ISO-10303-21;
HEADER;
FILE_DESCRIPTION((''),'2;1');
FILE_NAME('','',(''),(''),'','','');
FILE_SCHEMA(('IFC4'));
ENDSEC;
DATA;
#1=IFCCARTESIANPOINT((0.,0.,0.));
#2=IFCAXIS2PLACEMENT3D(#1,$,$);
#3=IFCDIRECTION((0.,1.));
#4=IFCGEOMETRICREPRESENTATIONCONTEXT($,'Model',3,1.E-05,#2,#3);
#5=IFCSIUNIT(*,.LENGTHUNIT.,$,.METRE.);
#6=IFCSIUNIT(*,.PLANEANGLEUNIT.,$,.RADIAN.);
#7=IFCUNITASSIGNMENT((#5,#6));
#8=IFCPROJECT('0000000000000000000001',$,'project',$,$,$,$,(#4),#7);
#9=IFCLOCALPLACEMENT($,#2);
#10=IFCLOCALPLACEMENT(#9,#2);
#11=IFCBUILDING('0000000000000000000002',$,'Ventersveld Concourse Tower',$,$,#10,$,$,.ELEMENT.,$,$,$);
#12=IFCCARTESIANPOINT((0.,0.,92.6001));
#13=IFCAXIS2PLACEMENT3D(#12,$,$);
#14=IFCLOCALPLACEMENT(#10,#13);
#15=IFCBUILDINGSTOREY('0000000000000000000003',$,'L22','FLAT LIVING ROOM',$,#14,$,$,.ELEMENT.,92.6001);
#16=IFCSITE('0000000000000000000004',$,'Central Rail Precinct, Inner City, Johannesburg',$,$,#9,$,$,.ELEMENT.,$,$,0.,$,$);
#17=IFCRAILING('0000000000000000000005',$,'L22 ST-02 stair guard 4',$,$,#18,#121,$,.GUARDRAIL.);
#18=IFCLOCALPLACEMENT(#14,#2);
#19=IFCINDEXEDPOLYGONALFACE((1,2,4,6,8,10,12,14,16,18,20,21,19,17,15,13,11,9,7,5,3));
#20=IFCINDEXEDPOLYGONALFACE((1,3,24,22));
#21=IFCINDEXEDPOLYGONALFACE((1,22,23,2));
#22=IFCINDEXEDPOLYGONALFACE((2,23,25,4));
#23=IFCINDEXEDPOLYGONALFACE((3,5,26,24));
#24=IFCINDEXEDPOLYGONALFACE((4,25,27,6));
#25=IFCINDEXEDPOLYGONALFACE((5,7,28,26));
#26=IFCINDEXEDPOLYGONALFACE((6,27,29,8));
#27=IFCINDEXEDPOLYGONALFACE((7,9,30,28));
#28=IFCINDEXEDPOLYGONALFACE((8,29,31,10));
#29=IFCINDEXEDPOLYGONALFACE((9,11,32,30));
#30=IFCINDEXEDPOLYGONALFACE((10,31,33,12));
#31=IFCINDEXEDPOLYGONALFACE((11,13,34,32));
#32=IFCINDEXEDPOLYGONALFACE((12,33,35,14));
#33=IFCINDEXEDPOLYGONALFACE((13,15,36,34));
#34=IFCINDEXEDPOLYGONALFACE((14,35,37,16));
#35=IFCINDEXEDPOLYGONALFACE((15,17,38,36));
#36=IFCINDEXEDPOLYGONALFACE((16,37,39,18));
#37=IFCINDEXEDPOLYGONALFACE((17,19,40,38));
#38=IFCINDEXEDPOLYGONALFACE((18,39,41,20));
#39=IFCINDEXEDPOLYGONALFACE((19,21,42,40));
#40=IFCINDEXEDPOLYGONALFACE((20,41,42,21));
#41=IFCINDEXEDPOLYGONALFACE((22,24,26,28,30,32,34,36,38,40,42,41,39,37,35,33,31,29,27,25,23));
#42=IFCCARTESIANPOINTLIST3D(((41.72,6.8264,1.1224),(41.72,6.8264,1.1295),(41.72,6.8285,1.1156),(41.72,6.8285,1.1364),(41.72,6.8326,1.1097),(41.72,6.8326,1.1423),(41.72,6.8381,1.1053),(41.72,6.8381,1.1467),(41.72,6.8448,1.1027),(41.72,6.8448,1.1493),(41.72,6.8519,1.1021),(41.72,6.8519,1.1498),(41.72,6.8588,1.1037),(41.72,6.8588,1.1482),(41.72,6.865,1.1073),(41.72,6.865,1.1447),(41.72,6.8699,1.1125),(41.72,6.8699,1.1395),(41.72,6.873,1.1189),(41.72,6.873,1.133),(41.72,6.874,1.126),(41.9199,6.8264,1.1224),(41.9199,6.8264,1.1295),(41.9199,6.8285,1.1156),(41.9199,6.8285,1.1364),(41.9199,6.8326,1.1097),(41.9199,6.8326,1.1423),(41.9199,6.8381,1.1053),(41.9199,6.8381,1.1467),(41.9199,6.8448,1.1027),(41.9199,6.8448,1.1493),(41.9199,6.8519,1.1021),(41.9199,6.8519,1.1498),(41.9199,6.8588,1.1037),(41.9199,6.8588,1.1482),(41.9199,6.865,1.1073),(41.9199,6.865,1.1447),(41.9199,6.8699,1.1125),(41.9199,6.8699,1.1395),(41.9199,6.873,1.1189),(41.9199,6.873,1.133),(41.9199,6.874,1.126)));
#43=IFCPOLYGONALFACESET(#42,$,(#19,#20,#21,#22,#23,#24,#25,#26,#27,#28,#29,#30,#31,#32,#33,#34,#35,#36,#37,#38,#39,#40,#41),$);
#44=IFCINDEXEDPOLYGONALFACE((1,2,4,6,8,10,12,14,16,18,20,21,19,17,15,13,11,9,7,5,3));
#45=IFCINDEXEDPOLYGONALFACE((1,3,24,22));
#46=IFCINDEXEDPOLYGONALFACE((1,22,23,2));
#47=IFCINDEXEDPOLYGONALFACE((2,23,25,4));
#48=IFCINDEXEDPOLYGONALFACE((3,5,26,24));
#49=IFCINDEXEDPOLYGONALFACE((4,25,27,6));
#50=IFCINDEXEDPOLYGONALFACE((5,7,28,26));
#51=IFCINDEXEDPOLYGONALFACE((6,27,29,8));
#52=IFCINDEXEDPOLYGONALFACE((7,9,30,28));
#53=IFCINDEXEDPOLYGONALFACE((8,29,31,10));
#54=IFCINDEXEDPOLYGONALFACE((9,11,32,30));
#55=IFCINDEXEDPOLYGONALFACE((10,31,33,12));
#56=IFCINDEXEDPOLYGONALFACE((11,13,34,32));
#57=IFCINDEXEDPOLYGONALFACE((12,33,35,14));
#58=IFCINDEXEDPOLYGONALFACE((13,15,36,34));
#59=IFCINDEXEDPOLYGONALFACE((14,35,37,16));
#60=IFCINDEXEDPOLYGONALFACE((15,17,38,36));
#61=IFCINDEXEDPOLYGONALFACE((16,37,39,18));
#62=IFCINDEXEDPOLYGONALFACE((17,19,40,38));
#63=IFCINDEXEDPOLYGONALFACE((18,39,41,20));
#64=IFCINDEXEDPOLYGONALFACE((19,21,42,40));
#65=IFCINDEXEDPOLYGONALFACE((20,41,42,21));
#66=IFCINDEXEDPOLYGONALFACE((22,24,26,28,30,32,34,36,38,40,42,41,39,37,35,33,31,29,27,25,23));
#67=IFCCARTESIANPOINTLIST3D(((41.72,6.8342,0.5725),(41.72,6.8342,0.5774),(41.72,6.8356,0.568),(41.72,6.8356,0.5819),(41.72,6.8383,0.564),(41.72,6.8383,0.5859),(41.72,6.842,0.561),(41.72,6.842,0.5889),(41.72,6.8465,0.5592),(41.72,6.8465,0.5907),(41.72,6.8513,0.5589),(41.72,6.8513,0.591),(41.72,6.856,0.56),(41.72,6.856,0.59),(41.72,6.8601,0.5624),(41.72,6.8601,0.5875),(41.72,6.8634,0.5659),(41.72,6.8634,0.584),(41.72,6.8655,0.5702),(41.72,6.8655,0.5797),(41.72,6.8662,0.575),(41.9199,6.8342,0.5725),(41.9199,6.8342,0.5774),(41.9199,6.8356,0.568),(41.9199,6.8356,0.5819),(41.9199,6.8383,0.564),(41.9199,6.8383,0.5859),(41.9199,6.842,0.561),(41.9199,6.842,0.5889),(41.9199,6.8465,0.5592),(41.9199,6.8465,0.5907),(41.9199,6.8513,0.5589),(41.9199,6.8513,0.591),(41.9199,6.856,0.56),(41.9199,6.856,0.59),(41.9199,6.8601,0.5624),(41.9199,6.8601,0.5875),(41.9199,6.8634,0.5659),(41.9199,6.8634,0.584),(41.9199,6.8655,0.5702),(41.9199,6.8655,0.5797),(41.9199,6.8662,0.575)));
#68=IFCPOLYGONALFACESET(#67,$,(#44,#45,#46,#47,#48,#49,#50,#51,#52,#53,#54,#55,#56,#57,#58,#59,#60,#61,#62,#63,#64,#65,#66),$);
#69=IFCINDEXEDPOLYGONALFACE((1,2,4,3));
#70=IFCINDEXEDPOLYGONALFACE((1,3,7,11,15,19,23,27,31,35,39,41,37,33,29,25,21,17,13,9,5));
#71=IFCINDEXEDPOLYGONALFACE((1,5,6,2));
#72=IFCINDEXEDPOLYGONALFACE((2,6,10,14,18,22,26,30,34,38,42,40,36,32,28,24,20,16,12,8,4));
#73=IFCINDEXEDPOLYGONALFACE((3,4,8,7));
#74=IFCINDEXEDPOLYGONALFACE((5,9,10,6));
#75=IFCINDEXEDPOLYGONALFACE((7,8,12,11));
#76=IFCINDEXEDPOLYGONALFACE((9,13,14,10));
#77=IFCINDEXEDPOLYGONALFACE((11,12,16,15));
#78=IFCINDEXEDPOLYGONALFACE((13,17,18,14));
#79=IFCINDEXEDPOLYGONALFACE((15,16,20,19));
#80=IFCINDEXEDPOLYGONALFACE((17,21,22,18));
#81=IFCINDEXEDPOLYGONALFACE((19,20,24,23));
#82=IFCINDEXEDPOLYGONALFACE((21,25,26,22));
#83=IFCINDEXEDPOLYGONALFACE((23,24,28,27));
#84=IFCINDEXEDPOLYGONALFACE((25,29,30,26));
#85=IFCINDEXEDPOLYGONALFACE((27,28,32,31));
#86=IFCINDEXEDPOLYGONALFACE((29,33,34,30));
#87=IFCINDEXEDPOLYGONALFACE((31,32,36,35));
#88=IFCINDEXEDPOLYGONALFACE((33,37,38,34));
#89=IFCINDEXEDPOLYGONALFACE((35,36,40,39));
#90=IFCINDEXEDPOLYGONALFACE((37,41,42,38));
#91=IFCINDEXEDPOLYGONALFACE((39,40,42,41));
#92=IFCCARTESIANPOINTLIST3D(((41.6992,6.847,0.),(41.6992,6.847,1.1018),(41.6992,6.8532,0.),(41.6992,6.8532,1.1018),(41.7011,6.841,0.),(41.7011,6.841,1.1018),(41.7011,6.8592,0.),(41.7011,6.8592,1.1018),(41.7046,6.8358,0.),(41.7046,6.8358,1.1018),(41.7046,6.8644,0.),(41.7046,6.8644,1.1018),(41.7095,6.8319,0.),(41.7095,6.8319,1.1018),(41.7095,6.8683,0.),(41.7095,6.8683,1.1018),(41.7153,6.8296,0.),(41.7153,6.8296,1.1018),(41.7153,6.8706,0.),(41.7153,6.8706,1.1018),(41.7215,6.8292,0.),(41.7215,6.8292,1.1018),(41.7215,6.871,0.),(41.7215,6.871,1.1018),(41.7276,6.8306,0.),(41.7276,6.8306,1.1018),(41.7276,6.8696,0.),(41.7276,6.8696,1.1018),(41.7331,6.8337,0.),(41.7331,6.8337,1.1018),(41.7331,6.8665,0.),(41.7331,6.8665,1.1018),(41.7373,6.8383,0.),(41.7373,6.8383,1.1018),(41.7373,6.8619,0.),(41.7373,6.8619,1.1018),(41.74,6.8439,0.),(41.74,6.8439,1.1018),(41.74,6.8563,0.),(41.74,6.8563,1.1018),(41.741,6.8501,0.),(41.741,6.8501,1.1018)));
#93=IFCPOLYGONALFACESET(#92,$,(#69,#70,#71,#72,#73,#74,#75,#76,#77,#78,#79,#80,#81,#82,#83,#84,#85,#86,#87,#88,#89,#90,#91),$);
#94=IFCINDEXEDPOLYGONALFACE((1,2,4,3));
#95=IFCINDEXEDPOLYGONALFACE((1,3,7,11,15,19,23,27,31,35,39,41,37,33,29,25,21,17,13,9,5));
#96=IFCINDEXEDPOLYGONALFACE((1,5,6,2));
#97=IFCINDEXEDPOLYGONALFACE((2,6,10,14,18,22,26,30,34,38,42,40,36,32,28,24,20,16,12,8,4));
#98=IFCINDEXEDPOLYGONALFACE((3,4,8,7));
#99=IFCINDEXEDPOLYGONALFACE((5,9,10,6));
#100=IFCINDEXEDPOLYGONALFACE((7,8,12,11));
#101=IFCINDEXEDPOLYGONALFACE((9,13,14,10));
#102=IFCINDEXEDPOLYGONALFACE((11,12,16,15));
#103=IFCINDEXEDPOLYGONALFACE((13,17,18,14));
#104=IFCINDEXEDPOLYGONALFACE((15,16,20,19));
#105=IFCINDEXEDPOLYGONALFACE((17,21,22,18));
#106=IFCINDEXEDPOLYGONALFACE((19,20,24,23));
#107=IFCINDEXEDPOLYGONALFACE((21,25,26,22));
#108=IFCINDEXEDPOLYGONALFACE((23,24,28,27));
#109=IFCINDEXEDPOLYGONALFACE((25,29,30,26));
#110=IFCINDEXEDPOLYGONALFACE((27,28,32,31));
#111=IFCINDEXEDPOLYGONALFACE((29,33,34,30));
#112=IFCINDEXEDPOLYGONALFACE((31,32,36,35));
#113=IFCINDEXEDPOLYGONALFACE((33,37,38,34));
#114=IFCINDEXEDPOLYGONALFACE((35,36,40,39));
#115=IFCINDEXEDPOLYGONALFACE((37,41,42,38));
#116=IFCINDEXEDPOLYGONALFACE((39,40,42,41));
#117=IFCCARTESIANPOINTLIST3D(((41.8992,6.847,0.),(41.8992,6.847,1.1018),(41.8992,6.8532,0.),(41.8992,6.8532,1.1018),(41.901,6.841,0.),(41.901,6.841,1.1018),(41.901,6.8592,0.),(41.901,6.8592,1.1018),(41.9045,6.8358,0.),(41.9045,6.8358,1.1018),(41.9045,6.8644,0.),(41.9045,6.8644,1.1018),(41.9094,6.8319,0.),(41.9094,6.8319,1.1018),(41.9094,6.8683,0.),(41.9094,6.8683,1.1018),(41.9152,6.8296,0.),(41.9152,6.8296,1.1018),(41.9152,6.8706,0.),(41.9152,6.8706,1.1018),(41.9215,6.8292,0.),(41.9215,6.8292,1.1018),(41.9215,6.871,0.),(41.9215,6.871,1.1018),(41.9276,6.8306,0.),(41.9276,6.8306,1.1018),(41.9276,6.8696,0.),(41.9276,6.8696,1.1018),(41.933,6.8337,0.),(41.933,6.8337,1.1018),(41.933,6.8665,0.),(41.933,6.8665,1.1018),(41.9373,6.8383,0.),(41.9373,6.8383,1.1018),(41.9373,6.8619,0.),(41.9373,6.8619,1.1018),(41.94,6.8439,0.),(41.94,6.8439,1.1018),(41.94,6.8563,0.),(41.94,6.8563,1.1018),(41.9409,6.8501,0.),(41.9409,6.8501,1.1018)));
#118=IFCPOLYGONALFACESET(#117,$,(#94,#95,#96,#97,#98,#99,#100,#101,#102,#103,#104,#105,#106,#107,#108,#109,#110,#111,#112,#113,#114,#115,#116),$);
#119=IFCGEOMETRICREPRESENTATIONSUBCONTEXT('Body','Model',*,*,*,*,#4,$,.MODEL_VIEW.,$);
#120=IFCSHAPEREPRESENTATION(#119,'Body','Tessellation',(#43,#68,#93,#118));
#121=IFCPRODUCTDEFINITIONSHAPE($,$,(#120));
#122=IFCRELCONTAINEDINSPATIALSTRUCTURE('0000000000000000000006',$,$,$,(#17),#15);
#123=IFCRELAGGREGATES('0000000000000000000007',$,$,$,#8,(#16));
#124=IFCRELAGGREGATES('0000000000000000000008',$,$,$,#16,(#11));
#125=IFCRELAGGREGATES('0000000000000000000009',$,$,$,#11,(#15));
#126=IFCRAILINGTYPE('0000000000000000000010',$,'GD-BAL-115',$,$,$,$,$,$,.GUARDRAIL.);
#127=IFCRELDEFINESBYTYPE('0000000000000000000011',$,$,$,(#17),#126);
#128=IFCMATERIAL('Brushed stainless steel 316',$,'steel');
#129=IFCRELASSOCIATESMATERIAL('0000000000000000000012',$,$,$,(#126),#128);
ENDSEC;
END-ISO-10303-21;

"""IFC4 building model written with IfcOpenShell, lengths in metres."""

from ifc_helpers import new_model, si_unit, direction, frame, origin, origin_2d, place, context, subcontext, project, spatial, circle, extrude, material, type_object, element, save


model = new_model("IFC4")

# Units and contexts
model_context = context("Model", 3, precision=1e-05, world=origin(), true_north=direction((0.0, 1.0)))
body_context = subcontext(model_context, "Body", "Model", "MODEL_VIEW")
ifc_project = project(units=[si_unit("LENGTHUNIT", "METRE"), si_unit("PLANEANGLEUNIT", "RADIAN")], contexts=[model_context])

# Site, building, storey
site_placement = place(None, origin())
site = spatial("IfcSite", under=ifc_project, at=site_placement, Name="Central Rail Precinct, Inner City, Johannesburg", CompositionType="ELEMENT", RefElevation=0.0)
building_placement = place(site_placement, origin())
building = spatial("IfcBuilding", under=site, at=building_placement, Name="Ventersveld Concourse Tower", CompositionType="ELEMENT")
storey_placement = place(building_placement, frame((0.0, 0.0, 92.6001)))
storey = spatial("IfcBuildingStorey", under=building, at=storey_placement, Name="L22", Description="FLAT LIVING ROOM", CompositionType="ELEMENT", Elevation=92.6001)

# Shared definitions
ifc_material_1 = material(Name="Brushed stainless steel 316", Category="steel")

# Railing
railing_type_1 = type_object("IfcRailingType", Name="GD-BAL-115", PredefinedType="GUARDRAIL", material=ifc_material_1)
railing_1_placement = place(storey_placement, frame((41.72, 6.8501, 0.0)))
element("IfcRailing", 1, at=railing_1_placement, inside=storey, type_object=railing_type_1, Name="L22 ST-02 stair guard 4", PredefinedType="GUARDRAIL", context=body_context, shape_type="SweptSolid", body=[
    extrude(circle(Radius=0.0239, at=origin_2d()), frame((0.0, 0.0, 1.126), z_axis=(1.0, 0.0, 0.0), x_axis=(0.0, 1.0, 0.0)), (0.0, 0.0, 1.0), 0.2),
    extrude(circle(Radius=0.0161, at=origin_2d()), frame((0.0, 0.0, 0.575), z_axis=(1.0, 0.0, 0.0), x_axis=(0.0, 1.0, 0.0)), (0.0, 0.0, 1.0), 0.2),
    extrude(circle(Radius=0.021, at=origin_2d()), origin(), (0.0, 0.0, 1.0), 1.1018),
    extrude(circle(Radius=0.021, at=origin_2d()), frame((0.2, 0.0, 0.0)), (0.0, 0.0, 1.0), 1.1018),
])

save(model, "model.ifc")
